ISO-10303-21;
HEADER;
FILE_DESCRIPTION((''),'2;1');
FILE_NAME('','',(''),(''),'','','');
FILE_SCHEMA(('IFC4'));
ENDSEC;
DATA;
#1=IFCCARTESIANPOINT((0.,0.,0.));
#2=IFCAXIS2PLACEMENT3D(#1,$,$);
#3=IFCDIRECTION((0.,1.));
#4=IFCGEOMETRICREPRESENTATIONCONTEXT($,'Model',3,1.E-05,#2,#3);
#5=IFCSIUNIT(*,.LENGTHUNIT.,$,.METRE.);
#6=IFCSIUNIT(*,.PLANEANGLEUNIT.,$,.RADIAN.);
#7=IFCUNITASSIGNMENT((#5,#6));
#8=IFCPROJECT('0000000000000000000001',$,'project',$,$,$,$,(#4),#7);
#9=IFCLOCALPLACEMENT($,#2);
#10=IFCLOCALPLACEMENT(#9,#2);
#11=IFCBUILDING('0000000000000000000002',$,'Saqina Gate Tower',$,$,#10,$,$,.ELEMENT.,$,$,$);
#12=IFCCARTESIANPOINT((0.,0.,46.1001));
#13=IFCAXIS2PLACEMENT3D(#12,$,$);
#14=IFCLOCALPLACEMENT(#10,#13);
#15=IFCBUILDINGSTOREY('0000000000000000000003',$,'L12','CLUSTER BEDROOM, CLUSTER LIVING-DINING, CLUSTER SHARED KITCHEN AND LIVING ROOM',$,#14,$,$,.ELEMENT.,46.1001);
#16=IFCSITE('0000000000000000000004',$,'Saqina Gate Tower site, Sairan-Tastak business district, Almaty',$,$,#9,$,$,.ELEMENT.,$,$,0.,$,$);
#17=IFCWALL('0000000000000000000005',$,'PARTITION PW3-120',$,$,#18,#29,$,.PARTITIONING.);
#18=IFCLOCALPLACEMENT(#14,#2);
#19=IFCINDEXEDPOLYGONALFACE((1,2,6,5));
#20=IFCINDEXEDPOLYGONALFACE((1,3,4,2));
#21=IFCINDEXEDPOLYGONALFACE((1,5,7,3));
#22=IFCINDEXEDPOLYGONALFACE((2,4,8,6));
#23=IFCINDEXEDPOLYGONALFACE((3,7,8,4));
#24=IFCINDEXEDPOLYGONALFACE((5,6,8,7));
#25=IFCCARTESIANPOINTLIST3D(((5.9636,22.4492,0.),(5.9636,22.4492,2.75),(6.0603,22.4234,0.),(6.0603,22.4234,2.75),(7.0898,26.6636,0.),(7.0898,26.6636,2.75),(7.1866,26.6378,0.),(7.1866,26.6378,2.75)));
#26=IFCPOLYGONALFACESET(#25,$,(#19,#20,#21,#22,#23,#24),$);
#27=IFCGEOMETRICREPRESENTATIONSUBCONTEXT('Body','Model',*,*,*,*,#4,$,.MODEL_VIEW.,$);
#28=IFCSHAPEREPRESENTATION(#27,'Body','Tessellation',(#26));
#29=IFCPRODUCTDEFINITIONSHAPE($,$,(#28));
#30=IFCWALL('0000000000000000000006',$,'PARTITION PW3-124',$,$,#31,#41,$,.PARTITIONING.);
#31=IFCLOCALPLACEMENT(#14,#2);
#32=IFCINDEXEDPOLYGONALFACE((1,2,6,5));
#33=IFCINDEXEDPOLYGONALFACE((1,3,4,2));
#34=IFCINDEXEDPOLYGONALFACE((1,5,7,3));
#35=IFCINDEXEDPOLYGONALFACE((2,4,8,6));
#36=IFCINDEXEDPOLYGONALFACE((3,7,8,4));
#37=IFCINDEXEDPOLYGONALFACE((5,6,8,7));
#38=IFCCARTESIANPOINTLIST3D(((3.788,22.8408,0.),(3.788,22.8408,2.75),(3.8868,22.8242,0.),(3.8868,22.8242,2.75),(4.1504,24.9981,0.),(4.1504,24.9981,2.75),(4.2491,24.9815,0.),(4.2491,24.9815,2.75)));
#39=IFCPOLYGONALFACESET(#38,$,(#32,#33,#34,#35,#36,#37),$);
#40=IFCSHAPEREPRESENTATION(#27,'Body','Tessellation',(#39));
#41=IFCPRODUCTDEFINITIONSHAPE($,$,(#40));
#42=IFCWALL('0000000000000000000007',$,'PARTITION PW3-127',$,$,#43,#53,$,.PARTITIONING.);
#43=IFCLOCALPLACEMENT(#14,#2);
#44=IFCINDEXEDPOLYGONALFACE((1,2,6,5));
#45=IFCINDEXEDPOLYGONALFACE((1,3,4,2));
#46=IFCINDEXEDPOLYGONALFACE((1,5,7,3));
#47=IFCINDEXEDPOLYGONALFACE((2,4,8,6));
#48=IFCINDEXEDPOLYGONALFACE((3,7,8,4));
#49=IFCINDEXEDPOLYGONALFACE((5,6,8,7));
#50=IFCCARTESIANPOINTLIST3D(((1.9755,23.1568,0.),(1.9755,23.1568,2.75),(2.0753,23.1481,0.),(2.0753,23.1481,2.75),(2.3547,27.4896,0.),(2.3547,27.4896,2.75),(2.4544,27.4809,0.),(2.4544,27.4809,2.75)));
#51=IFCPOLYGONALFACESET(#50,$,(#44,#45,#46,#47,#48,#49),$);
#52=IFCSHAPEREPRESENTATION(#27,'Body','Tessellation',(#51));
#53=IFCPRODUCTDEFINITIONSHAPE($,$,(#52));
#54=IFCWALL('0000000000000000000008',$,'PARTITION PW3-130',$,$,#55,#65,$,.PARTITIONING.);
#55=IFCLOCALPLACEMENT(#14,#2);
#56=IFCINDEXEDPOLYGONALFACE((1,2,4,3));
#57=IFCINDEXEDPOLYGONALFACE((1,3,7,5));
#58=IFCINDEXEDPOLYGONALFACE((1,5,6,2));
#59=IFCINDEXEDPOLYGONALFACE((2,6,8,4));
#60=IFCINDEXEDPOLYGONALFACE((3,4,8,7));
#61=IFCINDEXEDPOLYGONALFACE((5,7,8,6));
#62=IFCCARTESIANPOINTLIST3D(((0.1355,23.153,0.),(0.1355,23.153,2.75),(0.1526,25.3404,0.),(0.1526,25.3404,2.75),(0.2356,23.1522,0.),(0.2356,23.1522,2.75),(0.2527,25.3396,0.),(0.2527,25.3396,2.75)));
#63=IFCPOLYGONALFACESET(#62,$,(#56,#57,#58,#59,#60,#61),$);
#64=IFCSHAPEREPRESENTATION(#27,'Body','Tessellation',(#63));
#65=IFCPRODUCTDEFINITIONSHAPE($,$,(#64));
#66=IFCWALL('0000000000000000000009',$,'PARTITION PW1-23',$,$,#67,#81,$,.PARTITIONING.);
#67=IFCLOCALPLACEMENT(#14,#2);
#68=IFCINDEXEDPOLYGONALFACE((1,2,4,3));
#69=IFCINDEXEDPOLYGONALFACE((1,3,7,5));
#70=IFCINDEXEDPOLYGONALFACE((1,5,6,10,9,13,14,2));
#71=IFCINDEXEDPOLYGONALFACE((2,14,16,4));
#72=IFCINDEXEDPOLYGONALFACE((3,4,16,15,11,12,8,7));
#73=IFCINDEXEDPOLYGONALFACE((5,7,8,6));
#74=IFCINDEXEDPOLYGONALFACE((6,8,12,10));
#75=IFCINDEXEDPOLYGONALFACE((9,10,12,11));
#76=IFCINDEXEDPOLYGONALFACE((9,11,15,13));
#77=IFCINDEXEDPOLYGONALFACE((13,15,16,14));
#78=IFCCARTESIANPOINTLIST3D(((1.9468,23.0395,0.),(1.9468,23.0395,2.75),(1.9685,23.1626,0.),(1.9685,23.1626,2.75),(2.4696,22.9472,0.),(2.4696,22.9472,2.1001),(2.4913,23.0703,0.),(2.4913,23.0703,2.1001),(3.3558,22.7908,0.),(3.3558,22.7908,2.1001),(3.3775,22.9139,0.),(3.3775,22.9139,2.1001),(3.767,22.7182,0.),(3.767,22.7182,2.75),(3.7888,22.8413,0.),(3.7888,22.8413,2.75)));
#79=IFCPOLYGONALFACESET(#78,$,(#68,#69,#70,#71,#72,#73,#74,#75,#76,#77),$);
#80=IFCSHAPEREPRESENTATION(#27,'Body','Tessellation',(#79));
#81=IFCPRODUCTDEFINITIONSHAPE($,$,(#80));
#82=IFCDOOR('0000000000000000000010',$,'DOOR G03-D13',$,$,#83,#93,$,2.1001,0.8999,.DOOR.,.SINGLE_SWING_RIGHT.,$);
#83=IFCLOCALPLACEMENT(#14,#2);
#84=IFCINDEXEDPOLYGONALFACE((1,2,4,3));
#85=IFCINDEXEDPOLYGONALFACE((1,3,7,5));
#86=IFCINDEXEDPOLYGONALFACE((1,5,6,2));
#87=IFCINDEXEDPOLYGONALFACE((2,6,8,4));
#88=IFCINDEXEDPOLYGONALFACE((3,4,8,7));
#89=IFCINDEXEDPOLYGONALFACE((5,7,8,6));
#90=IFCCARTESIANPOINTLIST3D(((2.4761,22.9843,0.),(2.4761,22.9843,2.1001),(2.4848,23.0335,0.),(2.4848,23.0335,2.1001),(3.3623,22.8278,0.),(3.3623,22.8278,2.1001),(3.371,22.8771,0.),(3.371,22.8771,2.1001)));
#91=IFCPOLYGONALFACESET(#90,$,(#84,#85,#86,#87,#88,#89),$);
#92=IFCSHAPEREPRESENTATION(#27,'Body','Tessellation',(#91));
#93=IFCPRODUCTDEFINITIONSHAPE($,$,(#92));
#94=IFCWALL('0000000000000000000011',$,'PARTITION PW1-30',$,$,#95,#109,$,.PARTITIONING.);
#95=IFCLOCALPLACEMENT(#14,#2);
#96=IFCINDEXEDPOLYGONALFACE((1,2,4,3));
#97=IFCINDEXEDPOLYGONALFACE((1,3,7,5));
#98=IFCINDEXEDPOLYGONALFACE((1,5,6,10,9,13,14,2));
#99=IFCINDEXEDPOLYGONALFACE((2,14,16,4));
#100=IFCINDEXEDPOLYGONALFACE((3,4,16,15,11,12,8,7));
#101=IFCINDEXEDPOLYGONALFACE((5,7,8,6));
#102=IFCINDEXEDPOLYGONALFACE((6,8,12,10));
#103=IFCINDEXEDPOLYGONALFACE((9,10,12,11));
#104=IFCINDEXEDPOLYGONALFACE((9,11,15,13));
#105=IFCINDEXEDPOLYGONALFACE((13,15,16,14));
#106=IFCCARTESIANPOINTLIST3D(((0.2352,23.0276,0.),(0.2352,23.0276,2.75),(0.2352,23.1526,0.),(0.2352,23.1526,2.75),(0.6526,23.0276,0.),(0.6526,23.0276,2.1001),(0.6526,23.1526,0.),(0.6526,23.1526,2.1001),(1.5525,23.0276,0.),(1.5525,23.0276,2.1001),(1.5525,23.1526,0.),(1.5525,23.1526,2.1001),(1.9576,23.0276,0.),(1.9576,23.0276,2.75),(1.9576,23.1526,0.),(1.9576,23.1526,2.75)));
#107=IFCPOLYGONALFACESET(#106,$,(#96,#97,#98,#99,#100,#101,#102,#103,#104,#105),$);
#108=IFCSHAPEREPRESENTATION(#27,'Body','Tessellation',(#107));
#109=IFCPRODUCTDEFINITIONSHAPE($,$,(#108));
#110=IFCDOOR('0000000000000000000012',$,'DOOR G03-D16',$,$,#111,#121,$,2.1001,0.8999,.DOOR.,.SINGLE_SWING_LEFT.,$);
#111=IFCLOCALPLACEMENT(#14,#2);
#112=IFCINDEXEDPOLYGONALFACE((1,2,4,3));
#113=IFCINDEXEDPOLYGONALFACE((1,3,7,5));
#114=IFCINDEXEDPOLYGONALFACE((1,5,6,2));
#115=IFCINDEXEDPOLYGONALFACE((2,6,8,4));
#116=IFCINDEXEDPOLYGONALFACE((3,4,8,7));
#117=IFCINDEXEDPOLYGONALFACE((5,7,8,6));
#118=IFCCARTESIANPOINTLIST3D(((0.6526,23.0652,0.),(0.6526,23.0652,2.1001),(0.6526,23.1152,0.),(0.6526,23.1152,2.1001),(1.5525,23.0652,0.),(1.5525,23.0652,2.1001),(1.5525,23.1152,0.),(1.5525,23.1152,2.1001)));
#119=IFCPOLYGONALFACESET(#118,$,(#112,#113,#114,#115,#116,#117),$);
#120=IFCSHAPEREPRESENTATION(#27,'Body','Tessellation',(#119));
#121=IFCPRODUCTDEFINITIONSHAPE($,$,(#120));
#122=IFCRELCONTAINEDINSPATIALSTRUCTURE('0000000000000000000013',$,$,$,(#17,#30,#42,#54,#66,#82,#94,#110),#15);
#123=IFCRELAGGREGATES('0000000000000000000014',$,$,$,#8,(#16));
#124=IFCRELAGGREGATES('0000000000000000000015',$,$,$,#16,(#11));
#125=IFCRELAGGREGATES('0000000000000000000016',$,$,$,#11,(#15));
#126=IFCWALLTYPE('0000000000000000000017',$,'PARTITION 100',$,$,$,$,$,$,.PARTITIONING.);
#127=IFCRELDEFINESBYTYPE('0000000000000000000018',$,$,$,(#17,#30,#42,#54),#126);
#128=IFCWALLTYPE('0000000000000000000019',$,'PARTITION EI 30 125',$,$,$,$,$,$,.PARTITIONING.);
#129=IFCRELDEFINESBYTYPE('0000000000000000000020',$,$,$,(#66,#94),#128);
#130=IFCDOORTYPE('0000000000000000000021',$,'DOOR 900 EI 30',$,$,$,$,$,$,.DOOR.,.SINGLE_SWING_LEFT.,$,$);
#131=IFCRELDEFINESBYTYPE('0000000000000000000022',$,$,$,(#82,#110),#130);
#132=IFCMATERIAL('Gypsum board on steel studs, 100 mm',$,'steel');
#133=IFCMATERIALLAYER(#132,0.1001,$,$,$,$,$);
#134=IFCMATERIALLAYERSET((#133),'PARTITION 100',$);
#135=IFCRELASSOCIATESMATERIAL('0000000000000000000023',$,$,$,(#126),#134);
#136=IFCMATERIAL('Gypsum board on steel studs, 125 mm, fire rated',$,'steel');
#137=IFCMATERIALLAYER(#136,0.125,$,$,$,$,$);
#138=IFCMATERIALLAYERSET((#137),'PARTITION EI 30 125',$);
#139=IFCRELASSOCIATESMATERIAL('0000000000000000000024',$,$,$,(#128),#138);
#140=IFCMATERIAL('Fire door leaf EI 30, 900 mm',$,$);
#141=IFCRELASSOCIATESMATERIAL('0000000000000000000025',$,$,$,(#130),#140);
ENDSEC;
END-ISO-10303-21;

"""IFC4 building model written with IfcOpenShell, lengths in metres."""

from ifc_helpers import new_model, si_unit, direction, frame, frame_2d, origin, place, context, subcontext, project, spatial, rectangle, extrude, material, layer, layer_set, type_object, element, fill, save


model = new_model("IFC4")

# Units and contexts
model_context = context("Model", 3, precision=1e-05, world=origin(), true_north=direction((0.0, 1.0)))
body_context = subcontext(model_context, "Body", "Model", "MODEL_VIEW")
ifc_project = project(units=[si_unit("LENGTHUNIT", "METRE"), si_unit("PLANEANGLEUNIT", "RADIAN")], contexts=[model_context])

# Site, building, storey
site_placement = place(None, origin())
site = spatial("IfcSite", under=ifc_project, at=site_placement, Name="Saqina Gate Tower site, Sairan-Tastak business district, Almaty", CompositionType="ELEMENT", RefElevation=0.0)
building_placement = place(site_placement, origin())
building = spatial("IfcBuilding", under=site, at=building_placement, Name="Saqina Gate Tower", CompositionType="ELEMENT")
storey_placement = place(building_placement, frame((0.0, 0.0, 46.1001)))
storey = spatial("IfcBuildingStorey", under=building, at=storey_placement, Name="L12", Description="CLUSTER BEDROOM, CLUSTER LIVING-DINING, CLUSTER SHARED KITCHEN AND LIVING ROOM", CompositionType="ELEMENT", Elevation=46.1001)

# Shared definitions
ifc_material_1 = material(Name="Gypsum board on steel studs, 100 mm", Category="steel")
ifc_layer_1 = layer(ifc_material_1, 0.1001)
ifc_layer_set_1 = layer_set([ifc_layer_1], Name="PARTITION 100")
wall_type_1 = type_object("IfcWallType", Name="PARTITION 100", PredefinedType="PARTITIONING", material=ifc_layer_set_1)

# Walls
wall_1_placement = place(storey_placement, frame((6.012, 22.4363, 0.0), z_axis=(0.0, 0.0, 1.0), x_axis=(0.258175, 0.966098, 0.0)))
element("IfcWall", 1, at=wall_1_placement, inside=storey, type_object=wall_type_1, Name="PARTITION PW3-120", PredefinedType="PARTITIONING", context=body_context, shape_type="SweptSolid", body=[
    extrude(rectangle(XDim=4.3623, YDim=0.1001, at=frame_2d((2.1812, 0.0))), origin(), (0.0, 0.0, 1.0), 2.75),
])
wall_2_placement = place(storey_placement, frame((3.8374, 22.8325, 0.0), z_axis=(0.0, 0.0, 1.0), x_axis=(0.16563, 0.986188, 0.0)))
element("IfcWall", 2, at=wall_2_placement, inside=storey, type_object=wall_type_1, Name="PARTITION PW3-124", PredefinedType="PARTITIONING", context=body_context, shape_type="SweptSolid", body=[
    extrude(rectangle(XDim=2.1875, YDim=0.1001, at=frame_2d((1.0938, 0.0))), origin(), (0.0, 0.0, 1.0), 2.75),
])
wall_3_placement = place(storey_placement, frame((2.0254, 23.1523, 0.0), z_axis=(0.0, 0.0, 1.0), x_axis=(0.087175, 0.996193, 0.0)))
element("IfcWall", 3, at=wall_3_placement, inside=storey, type_object=wall_type_1, Name="PARTITION PW3-127", PredefinedType="PARTITIONING", context=body_context, shape_type="SweptSolid", body=[
    extrude(rectangle(XDim=4.3494, YDim=0.1001, at=frame_2d((2.1748, 0.0))), origin(), (0.0, 0.0, 1.0), 2.75),
])
wall_4_placement = place(storey_placement, frame((0.1855, 23.1526, 0.0), z_axis=(0.0, 0.0, 1.0), x_axis=(0.007812, 0.999969, 0.0)))
element("IfcWall", 4, at=wall_4_placement, inside=storey, type_object=wall_type_1, Name="PARTITION PW3-130", PredefinedType="PARTITIONING", context=body_context, shape_type="SweptSolid", body=[
    extrude(rectangle(XDim=2.1875, YDim=0.1001, at=frame_2d((1.0938, 0.0))), origin(), (0.0, 0.0, 1.0), 2.75),
])

# Walls, openings, doors
ifc_material_2 = material(Name="Gypsum board on steel studs, 125 mm, fire rated", Category="steel")
ifc_layer_2 = layer(ifc_material_2, 0.125)
ifc_layer_set_2 = layer_set([ifc_layer_2], Name="PARTITION EI 30 125")
wall_type_2 = type_object("IfcWallType", Name="PARTITION EI 30 125", PredefinedType="PARTITIONING", material=ifc_layer_set_2)
wall_5_placement = place(storey_placement, frame((1.9575, 23.1011, 0.0), z_axis=(0.0, 0.0, 1.0), x_axis=(0.984778, -0.173815, 0.0)))
wall_5 = element("IfcWall", 5, at=wall_5_placement, inside=storey, type_object=wall_type_2, Name="PARTITION PW1-23", PredefinedType="PARTITIONING", context=body_context, shape_type="SweptSolid", body=[
    extrude(rectangle(XDim=1.8484, YDim=0.125, at=frame_2d((0.9243, 0.0))), origin(), (0.0, 0.0, 1.0), 2.75),
])
opening_1_placement = place(wall_5_placement, frame((0.531, 0.0, 0.0)))
opening_1 = element("IfcOpeningElement", 6, at=opening_1_placement, cuts=wall_5, PredefinedType="OPENING", context=body_context, shape_type="SweptSolid", body=[
    extrude(rectangle(XDim=0.8999, YDim=2.1001, at=frame_2d((0.45, 1.05))), frame((0.0, 0.0745, 0.0), z_axis=(0.0, -1.0, 0.0), x_axis=(1.0, 0.0, 0.0)), (0.0, 0.0, 1.0), 0.1489),
])
ifc_material_3 = material(Name="Fire door leaf EI 30, 900 mm")
door_type_1 = type_object("IfcDoorType", Name="DOOR 900 EI 30", OperationType="SINGLE_SWING_LEFT", PredefinedType="DOOR", material=ifc_material_3)
door_1_placement = place(opening_1_placement, frame((0.8999, 0.0, 0.0), z_axis=(0.0, 0.0, 1.0), x_axis=(-1.0, 0.0, 0.0)))
door_1 = element("IfcDoor", 7, at=door_1_placement, inside=storey, type_object=door_type_1, Name="DOOR G03-D13", OperationType="SINGLE_SWING_RIGHT", OverallHeight=2.1001, OverallWidth=0.8999, PredefinedType="DOOR", context=body_context, shape_type="SweptSolid", body=[
    extrude(rectangle(XDim=0.8999, YDim=2.1001, at=frame_2d((0.45, 1.05))), frame((0.0, 0.0249, 0.0), z_axis=(0.0, -1.0, 0.0), x_axis=(1.0, 0.0, 0.0)), (0.0, 0.0, 1.0), 0.05),
])
fill(opening_1, door_1)
wall_6_placement = place(storey_placement, frame((0.2351, 23.0901, 0.0), z_axis=(0.0, 0.0, 1.0), x_axis=(1.0, 0.0, 0.0)))
wall_6 = element("IfcWall", 8, at=wall_6_placement, inside=storey, type_object=wall_type_2, Name="PARTITION PW1-30", PredefinedType="PARTITIONING", context=body_context, shape_type="SweptSolid", body=[
    extrude(rectangle(XDim=1.7224, YDim=0.125, at=frame_2d((0.8613, 0.0))), origin(), (0.0, 0.0, 1.0), 2.75),
])
opening_2_placement = place(wall_6_placement, frame((0.4175, 0.0, 0.0)))
opening_2 = element("IfcOpeningElement", 9, at=opening_2_placement, cuts=wall_6, PredefinedType="OPENING", context=body_context, shape_type="SweptSolid", body=[
    extrude(rectangle(XDim=0.8999, YDim=2.1001, at=frame_2d((0.45, 1.05))), frame((0.0, 0.0745, 0.0), z_axis=(0.0, -1.0, 0.0), x_axis=(1.0, 0.0, 0.0)), (0.0, 0.0, 1.0), 0.1489),
])
door_2_placement = place(opening_2_placement, frame((0.8999, 0.0, 0.0), z_axis=(0.0, 0.0, 1.0), x_axis=(-1.0, 0.0, 0.0)))
door_2 = element("IfcDoor", 10, at=door_2_placement, inside=storey, type_object=door_type_1, Name="DOOR G03-D16", OperationType="SINGLE_SWING_LEFT", OverallHeight=2.1001, OverallWidth=0.8999, PredefinedType="DOOR", context=body_context, shape_type="SweptSolid", body=[
    extrude(rectangle(XDim=0.8999, YDim=2.1001, at=frame_2d((0.45, 1.05))), frame((0.0, 0.0249, 0.0), z_axis=(0.0, -1.0, 0.0), x_axis=(1.0, 0.0, 0.0)), (0.0, 0.0, 1.0), 0.05),
])
fill(opening_2, door_2)

save(model, "model.ifc")
